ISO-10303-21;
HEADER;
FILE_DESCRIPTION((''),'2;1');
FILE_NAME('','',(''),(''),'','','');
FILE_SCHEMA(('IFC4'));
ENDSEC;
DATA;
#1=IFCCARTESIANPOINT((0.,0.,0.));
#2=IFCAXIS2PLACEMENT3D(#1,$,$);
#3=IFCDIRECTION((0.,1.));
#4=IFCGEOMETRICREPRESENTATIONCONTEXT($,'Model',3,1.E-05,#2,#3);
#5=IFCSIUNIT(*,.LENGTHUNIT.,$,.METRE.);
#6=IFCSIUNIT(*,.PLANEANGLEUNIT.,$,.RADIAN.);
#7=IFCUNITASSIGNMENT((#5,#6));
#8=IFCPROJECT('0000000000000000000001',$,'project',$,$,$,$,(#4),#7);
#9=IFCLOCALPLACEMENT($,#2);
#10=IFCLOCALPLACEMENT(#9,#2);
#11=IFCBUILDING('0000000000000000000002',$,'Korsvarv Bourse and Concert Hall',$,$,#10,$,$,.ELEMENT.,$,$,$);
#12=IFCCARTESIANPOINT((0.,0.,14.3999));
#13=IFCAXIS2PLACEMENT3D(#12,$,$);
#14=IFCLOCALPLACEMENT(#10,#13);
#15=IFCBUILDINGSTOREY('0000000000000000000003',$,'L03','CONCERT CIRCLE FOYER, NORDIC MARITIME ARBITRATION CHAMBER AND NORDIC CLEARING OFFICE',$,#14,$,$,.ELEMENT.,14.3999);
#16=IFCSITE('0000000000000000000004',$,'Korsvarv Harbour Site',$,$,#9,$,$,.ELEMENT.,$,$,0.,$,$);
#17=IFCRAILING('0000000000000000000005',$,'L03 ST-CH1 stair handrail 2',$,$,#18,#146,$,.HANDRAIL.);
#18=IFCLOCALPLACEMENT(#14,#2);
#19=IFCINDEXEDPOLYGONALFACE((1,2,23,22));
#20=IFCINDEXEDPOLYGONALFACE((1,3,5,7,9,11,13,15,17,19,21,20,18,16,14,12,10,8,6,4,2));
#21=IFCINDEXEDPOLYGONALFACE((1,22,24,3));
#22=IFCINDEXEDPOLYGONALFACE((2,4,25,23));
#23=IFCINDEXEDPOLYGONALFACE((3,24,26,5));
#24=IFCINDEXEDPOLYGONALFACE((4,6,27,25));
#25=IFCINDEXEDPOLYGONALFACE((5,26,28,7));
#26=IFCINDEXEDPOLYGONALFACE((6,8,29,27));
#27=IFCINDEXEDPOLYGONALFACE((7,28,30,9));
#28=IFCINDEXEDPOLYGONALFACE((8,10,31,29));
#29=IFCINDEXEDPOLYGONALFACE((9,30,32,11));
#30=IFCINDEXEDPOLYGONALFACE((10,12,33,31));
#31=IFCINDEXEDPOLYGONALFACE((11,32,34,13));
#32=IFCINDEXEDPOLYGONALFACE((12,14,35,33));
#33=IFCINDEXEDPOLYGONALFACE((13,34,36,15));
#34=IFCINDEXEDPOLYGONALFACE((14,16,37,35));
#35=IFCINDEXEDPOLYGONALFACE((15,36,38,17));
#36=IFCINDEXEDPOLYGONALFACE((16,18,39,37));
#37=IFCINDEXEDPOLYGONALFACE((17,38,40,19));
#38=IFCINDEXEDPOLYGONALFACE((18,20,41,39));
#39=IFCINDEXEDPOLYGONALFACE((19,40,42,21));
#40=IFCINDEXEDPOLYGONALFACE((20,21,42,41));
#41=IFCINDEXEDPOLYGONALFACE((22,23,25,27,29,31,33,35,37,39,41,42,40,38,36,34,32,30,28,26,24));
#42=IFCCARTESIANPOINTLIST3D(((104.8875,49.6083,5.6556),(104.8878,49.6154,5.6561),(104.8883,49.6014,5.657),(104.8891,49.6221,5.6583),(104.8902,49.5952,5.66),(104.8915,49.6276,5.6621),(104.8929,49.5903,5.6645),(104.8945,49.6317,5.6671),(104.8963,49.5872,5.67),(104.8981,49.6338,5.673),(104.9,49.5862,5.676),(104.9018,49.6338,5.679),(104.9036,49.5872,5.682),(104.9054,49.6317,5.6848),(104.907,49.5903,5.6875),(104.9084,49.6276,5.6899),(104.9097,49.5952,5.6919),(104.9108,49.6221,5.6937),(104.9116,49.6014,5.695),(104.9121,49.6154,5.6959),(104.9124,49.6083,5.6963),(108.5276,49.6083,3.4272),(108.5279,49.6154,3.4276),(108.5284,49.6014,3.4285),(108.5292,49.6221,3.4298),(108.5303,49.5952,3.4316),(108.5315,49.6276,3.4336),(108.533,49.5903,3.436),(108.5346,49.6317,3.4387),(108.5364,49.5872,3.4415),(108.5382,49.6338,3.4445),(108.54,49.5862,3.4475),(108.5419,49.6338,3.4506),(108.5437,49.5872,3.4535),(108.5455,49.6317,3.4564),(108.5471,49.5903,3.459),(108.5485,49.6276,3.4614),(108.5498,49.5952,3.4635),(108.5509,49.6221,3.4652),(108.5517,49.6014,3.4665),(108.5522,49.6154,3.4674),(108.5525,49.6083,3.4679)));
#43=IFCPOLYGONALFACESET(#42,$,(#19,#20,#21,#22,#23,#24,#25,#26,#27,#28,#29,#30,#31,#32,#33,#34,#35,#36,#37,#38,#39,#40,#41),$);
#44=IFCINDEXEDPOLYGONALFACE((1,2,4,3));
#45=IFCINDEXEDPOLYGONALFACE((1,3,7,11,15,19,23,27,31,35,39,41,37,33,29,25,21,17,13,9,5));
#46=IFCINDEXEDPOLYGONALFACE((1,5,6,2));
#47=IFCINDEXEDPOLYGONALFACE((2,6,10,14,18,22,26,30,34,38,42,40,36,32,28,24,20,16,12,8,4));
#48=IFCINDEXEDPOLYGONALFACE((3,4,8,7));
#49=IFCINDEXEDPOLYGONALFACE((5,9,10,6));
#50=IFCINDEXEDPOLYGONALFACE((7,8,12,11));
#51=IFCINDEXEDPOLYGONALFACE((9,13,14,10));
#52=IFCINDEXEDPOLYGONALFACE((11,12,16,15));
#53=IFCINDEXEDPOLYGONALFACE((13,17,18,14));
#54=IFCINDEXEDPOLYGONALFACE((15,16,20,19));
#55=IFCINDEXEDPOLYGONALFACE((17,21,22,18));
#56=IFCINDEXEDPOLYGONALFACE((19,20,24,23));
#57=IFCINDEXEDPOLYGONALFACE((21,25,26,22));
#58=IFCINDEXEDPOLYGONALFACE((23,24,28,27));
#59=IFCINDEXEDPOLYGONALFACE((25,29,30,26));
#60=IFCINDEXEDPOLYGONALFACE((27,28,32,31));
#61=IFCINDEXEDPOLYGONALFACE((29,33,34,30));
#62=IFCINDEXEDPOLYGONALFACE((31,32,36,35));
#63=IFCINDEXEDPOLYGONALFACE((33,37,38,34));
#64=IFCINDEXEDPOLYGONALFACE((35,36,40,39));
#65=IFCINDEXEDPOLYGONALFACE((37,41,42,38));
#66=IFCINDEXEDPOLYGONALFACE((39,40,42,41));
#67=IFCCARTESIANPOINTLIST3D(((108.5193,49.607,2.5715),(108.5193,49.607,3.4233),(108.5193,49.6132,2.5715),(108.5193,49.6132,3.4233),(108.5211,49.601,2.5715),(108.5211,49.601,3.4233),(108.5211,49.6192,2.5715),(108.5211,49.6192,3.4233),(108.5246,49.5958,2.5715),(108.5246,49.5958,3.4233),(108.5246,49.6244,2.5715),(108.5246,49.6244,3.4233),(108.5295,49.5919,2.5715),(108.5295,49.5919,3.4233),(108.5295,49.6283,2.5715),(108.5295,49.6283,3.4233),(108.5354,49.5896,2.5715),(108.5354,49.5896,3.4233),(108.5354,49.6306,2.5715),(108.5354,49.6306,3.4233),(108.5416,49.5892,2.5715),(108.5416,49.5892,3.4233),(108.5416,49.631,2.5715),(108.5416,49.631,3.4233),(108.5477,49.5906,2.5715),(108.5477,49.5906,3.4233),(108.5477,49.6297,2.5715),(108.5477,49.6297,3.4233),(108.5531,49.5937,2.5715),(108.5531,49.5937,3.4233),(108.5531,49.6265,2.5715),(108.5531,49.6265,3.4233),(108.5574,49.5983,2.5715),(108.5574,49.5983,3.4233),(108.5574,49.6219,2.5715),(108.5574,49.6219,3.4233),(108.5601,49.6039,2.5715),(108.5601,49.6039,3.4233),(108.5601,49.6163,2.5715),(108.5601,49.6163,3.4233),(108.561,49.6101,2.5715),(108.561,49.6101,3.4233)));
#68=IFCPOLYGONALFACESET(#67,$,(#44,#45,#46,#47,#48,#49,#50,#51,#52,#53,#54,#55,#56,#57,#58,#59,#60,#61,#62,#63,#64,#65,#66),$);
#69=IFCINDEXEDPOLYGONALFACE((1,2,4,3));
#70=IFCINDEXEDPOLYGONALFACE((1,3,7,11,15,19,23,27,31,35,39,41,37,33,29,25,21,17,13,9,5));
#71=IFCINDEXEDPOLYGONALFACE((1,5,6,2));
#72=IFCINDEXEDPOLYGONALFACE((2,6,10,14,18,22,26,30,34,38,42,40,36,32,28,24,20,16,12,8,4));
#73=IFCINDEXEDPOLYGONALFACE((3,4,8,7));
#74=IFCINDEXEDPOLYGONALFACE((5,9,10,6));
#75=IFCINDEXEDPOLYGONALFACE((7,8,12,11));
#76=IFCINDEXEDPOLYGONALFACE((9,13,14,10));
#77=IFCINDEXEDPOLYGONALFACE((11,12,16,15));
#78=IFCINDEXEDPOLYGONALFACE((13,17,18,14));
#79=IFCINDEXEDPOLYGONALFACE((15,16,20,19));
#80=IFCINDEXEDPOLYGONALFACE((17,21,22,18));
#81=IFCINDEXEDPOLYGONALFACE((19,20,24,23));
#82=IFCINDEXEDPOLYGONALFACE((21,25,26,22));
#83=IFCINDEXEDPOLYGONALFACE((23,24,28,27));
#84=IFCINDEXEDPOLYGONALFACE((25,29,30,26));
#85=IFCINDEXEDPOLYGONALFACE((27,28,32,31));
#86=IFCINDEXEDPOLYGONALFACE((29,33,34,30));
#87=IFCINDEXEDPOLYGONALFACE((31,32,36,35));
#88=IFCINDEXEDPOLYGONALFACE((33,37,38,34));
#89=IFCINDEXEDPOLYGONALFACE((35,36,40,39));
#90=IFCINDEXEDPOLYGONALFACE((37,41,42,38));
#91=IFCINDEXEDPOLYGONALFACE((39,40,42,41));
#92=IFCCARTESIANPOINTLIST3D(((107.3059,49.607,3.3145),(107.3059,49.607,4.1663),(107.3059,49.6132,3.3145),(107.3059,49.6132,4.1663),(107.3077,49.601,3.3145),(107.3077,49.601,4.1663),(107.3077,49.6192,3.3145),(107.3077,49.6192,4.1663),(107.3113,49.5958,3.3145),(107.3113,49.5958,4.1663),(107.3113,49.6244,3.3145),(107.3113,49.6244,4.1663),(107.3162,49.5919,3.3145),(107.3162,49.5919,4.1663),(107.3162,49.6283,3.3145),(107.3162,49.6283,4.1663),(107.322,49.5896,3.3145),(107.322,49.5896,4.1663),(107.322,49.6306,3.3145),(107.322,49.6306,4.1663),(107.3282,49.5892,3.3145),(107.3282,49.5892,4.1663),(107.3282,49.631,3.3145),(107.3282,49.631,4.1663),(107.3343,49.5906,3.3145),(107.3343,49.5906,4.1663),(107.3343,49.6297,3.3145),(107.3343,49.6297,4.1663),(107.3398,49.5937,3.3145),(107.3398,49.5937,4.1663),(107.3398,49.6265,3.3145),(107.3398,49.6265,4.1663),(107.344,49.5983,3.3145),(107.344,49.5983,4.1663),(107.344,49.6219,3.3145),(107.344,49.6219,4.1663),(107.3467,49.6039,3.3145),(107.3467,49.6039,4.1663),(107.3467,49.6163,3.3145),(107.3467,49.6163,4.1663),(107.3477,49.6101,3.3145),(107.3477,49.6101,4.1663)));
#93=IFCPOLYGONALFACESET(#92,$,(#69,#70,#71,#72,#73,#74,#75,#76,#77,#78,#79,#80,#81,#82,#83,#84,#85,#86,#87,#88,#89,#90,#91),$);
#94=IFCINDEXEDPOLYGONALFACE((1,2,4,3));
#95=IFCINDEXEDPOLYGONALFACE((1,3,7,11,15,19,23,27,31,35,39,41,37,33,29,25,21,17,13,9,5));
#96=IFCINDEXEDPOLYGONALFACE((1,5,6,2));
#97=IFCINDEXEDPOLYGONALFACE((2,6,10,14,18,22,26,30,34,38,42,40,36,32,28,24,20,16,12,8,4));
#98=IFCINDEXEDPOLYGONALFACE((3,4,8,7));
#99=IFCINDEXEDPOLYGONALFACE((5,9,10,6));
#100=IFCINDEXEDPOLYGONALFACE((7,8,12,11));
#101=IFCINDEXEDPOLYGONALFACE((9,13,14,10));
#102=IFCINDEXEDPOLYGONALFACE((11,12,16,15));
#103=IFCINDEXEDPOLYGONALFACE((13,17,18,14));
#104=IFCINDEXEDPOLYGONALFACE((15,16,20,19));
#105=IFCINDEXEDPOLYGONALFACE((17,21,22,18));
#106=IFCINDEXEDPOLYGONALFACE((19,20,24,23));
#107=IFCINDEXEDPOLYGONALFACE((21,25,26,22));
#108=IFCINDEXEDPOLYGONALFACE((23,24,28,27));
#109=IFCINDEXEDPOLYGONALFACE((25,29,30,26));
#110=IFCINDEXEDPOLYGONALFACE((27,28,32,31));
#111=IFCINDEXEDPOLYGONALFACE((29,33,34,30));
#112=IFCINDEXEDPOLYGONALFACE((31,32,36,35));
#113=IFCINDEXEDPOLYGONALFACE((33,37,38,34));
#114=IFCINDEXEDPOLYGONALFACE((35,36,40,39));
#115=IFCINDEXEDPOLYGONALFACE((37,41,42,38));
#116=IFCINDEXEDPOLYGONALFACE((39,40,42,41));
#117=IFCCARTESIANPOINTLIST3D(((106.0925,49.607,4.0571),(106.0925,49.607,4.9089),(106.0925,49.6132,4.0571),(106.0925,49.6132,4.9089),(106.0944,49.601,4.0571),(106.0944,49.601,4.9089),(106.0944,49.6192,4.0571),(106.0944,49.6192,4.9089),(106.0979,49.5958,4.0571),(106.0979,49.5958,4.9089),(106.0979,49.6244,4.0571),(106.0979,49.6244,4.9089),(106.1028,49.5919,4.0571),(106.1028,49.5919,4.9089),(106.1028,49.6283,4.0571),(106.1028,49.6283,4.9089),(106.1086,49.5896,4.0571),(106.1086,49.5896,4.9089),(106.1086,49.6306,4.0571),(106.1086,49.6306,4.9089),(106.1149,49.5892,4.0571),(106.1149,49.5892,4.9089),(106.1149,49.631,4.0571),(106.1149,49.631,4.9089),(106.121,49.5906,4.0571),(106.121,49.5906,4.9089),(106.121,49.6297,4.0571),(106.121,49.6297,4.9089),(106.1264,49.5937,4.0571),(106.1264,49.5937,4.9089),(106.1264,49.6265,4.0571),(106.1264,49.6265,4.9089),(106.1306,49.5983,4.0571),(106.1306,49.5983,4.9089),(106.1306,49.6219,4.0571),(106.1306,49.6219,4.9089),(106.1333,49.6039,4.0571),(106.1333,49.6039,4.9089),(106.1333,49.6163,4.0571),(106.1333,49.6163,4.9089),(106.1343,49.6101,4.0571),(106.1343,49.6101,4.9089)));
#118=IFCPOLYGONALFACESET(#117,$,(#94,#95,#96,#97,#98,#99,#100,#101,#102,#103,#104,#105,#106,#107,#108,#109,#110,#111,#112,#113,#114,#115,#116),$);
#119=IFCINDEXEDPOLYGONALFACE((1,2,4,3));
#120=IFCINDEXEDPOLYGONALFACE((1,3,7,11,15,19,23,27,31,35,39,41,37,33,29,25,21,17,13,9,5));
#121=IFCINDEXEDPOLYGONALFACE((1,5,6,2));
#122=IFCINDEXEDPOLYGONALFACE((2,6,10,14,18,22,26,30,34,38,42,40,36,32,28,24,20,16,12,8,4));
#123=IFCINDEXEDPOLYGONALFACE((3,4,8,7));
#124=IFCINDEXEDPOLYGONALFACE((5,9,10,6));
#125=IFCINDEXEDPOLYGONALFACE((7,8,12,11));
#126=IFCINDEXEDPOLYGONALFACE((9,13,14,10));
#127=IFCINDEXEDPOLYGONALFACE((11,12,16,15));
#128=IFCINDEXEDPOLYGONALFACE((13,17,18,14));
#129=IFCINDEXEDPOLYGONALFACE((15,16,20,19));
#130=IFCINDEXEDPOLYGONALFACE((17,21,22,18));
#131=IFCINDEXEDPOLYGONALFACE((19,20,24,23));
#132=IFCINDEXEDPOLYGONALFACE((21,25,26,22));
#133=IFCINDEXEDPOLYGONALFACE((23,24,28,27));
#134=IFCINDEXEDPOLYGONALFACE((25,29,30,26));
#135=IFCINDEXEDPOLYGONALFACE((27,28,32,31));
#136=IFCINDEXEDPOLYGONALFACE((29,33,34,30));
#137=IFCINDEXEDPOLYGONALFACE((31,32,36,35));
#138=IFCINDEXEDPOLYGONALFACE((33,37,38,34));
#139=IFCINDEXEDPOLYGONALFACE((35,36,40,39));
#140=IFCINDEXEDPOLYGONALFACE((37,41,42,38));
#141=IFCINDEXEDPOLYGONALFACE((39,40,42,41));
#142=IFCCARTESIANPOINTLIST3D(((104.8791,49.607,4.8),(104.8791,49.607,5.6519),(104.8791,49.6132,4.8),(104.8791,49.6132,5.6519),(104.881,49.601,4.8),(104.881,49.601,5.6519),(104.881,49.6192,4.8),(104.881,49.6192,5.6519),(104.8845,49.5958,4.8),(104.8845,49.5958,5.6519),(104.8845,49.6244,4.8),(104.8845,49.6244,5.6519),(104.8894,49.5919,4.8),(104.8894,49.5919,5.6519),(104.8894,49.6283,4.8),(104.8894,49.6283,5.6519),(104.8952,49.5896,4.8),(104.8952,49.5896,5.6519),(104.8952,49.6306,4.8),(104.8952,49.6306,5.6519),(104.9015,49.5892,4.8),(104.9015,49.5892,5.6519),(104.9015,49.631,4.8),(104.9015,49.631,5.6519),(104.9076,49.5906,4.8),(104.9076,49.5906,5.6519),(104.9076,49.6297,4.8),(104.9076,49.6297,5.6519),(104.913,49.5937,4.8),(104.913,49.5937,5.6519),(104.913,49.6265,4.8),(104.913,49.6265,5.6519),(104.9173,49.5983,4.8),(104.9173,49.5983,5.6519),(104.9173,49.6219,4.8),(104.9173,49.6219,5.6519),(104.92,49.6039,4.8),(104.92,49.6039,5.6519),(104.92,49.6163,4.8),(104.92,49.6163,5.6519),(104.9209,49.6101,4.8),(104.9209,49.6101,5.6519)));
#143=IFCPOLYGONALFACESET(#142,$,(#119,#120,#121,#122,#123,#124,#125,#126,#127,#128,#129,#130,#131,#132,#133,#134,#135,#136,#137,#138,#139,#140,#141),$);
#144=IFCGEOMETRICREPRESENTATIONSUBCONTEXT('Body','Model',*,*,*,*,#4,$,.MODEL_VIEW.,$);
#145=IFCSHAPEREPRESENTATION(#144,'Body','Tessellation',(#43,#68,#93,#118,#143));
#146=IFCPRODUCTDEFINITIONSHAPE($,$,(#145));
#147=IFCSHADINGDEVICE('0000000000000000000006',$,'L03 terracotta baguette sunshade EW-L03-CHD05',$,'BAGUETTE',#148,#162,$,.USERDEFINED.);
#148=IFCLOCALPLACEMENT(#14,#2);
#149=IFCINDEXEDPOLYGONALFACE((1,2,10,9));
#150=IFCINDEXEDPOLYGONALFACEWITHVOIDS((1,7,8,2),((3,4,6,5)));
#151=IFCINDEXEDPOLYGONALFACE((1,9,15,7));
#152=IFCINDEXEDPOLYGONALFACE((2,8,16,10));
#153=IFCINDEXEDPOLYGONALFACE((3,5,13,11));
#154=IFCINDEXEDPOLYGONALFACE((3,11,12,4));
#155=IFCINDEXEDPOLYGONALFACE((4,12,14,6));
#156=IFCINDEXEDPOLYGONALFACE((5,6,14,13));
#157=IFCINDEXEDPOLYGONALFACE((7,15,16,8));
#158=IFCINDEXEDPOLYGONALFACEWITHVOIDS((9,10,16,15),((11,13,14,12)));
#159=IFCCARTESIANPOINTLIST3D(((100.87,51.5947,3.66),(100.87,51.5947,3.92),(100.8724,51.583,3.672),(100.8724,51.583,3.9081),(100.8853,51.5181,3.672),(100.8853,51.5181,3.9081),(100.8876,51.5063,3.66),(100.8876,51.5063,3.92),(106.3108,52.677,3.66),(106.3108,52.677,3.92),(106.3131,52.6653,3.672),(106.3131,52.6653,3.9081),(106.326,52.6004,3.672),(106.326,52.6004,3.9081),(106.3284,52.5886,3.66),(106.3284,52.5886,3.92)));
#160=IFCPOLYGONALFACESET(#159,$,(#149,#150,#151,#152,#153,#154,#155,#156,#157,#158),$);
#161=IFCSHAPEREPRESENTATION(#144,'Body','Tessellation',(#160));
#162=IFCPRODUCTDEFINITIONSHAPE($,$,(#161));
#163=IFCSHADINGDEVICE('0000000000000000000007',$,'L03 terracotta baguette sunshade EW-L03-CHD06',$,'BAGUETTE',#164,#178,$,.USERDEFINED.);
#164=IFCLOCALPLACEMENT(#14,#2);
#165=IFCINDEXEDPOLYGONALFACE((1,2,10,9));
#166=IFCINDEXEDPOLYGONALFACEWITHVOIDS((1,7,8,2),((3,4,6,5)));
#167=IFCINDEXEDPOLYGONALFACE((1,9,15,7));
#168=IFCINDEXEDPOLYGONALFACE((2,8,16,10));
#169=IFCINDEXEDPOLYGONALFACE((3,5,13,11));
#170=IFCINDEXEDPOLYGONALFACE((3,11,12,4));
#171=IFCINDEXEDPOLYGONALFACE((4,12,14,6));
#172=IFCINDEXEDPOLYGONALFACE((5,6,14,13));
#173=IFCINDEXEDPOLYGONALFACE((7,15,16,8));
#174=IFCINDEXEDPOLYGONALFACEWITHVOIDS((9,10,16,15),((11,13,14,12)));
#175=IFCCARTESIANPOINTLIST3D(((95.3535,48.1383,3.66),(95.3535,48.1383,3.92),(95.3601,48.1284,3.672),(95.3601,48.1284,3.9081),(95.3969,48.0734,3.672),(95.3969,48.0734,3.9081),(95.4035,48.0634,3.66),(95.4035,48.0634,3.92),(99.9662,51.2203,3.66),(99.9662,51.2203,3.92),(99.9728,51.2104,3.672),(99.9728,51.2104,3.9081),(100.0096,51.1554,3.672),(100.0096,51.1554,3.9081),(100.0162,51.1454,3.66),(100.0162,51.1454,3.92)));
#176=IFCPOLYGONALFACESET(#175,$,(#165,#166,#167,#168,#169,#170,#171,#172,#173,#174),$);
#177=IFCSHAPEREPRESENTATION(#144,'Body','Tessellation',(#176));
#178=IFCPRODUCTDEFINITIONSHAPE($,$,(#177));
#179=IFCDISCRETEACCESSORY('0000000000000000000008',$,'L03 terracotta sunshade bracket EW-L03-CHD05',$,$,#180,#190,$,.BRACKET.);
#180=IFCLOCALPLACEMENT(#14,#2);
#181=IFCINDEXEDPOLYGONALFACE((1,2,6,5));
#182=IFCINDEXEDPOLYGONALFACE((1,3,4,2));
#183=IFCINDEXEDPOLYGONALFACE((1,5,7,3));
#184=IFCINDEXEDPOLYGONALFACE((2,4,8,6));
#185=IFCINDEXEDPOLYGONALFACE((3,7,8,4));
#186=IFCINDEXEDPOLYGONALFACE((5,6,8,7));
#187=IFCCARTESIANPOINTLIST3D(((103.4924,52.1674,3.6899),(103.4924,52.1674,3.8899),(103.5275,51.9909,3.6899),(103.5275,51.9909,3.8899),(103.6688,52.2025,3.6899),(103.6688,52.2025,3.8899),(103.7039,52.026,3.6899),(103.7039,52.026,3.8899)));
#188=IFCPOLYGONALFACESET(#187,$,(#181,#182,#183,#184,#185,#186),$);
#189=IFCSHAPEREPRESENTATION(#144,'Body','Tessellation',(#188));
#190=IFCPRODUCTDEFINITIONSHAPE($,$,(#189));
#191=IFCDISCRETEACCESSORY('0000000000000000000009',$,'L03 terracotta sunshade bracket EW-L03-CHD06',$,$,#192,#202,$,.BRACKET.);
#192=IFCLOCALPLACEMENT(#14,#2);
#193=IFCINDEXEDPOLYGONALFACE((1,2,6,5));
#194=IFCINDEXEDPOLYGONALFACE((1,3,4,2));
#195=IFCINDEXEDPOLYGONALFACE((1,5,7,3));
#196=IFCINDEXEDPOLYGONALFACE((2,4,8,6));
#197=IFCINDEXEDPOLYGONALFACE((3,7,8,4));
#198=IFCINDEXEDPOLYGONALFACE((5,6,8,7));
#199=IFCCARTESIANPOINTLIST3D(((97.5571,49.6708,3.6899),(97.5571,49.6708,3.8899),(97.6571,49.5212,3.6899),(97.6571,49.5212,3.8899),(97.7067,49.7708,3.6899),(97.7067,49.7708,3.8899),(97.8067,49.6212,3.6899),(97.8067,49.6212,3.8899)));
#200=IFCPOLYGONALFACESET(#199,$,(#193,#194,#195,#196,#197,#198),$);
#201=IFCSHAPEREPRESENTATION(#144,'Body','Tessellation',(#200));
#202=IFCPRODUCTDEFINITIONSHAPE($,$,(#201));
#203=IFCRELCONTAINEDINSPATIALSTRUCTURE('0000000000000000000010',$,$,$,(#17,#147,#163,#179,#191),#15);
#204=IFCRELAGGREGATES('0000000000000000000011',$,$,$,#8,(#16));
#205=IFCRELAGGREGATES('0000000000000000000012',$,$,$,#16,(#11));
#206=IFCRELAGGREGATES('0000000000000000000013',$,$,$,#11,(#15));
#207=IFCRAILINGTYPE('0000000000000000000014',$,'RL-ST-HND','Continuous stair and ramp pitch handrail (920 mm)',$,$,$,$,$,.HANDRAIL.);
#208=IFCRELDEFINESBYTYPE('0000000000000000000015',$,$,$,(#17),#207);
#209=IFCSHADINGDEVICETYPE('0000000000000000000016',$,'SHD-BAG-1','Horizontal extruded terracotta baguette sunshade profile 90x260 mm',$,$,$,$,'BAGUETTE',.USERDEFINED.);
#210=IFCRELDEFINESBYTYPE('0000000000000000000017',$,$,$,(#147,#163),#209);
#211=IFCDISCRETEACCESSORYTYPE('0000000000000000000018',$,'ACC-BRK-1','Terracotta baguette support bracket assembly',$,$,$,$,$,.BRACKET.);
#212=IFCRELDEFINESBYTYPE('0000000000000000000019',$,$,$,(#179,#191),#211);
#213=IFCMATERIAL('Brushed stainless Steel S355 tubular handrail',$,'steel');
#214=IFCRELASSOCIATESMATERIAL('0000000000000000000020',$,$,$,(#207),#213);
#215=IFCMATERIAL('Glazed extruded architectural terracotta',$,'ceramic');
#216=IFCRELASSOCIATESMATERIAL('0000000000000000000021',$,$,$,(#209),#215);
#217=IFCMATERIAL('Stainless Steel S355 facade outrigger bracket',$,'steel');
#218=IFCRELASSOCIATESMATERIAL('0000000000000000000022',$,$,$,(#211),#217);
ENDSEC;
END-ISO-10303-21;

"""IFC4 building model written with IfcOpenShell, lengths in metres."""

from ifc_helpers import new_model, si_unit, direction, frame, origin, origin_2d, place, context, subcontext, project, spatial, rectangle, hollow_rectangle, circle, extrude, source, transform, mapped, material, material_profile, profile_set, type_object, element, save


model = new_model("IFC4")

# Units and contexts
model_context = context("Model", 3, precision=1e-05, world=origin(), true_north=direction((0.0, 1.0)))
body_context = subcontext(model_context, "Body", "Model", "MODEL_VIEW")
ifc_project = project(units=[si_unit("LENGTHUNIT", "METRE"), si_unit("PLANEANGLEUNIT", "RADIAN")], contexts=[model_context])

# Site, building, storey
site_placement = place(None, origin())
site = spatial("IfcSite", under=ifc_project, at=site_placement, Name="Korsvarv Harbour Site", CompositionType="ELEMENT", RefElevation=0.0)
building_placement = place(site_placement, origin())
building = spatial("IfcBuilding", under=site, at=building_placement, Name="Korsvarv Bourse and Concert Hall", CompositionType="ELEMENT")
storey_placement = place(building_placement, frame((0.0, 0.0, 14.3999)))
storey = spatial("IfcBuildingStorey", under=building, at=storey_placement, Name="L03", Description="CONCERT CIRCLE FOYER, NORDIC MARITIME ARBITRATION CHAMBER AND NORDIC CLEARING OFFICE", CompositionType="ELEMENT", Elevation=14.3999)

# Railing
ifc_material_1 = material(Name="Brushed stainless Steel S355 tubular handrail", Category="steel")
railing_type_1 = type_object("IfcRailingType", Name="RL-ST-HND", Description="Continuous stair and ramp pitch handrail (920 mm)", PredefinedType="HANDRAIL", material=ifc_material_1)
railing_1_placement = place(storey_placement, frame((108.54, 49.6101, 2.5715)))
element("IfcRailing", 1, at=railing_1_placement, inside=storey, type_object=railing_type_1, Name="L03 ST-CH1 stair handrail 2", PredefinedType="HANDRAIL", context=body_context, shape_type="SweptSolid", body=[
    extrude(circle(Radius=0.0239, at=origin_2d()), frame((0.0, 0.0, 0.876), z_axis=(-0.852866, 0.0, 0.52213), x_axis=(0.0, -1.0, 0.0)), (0.0, 0.0, 1.0), 4.2681),
    extrude(circle(Radius=0.021, at=origin_2d()), origin(), (0.0, 0.0, 1.0), 0.8518),
    extrude(circle(Radius=0.021, at=origin_2d()), frame((-1.2134, 0.0, 0.7429)), (0.0, 0.0, 1.0), 0.8518),
    extrude(circle(Radius=0.021, at=origin_2d()), frame((-2.4268, 0.0, 1.4856)), (0.0, 0.0, 1.0), 0.8518),
    extrude(circle(Radius=0.021, at=origin_2d()), frame((-3.6401, 0.0, 2.2285)), (0.0, 0.0, 1.0), 0.8518),
])

# Shading devices
ifc_material_2 = material(Name="Glazed extruded architectural terracotta", Category="ceramic")
ifc_material_profile_1 = material_profile(ifc_material_2, hollow_rectangle(XDim=0.0901, YDim=0.26, WallThickness=0.012, at=origin_2d()), Name="TC-BAG 90x260")
ifc_profile_set_1 = profile_set([ifc_material_profile_1], Name="Glazed extruded architectural terracotta")
shading_device_type = type_object("IfcShadingDeviceType", Name="SHD-BAG-1", Description="Horizontal extruded terracotta baguette sunshade profile 90x260 mm", ElementType="BAGUETTE", PredefinedType="USERDEFINED", material=ifc_profile_set_1)
shared_shape_1 = source(origin(), body_context, "Body", "SweptSolid", [
    extrude(hollow_rectangle(XDim=0.0901, YDim=0.26, WallThickness=0.012, at=origin_2d()), origin(), (0.0, 0.0, 1.0), 5.5474),
])
shading_device_1_placement = place(storey_placement, frame((106.3196, 52.6328, 3.79), z_axis=(-0.980783, -0.1951, 0.0), x_axis=(0.1951, -0.980783, 0.0)))
element("IfcShadingDevice", 2, at=shading_device_1_placement, inside=storey, type_object=shading_device_type, Name="L03 terracotta baguette sunshade EW-L03-CHD05", ObjectType="BAGUETTE", PredefinedType="USERDEFINED", context=body_context, shape_type="MappedRepresentation", body=[
    mapped(shared_shape_1, transform((0.0, 0.0, 0.0), scale=1.0)),
])
shared_shape_2 = source(origin(), body_context, "Body", "SweptSolid", [
    extrude(hollow_rectangle(XDim=0.0901, YDim=0.26, WallThickness=0.012, at=origin_2d()), origin(), (0.0, 0.0, 1.0), 5.5476),
])
shading_device_2_placement = place(storey_placement, frame((99.9912, 51.1829, 3.79), z_axis=(-0.831481, -0.555553, 0.0), x_axis=(0.555553, -0.831481, 0.0)))
element("IfcShadingDevice", 3, at=shading_device_2_placement, inside=storey, type_object=shading_device_type, Name="L03 terracotta baguette sunshade EW-L03-CHD06", ObjectType="BAGUETTE", PredefinedType="USERDEFINED", context=body_context, shape_type="MappedRepresentation", body=[
    mapped(shared_shape_2, transform((0.0, 0.0, 0.0), scale=1.0)),
])

# Discrete accessories
ifc_material_3 = material(Name="Stainless Steel S355 facade outrigger bracket", Category="steel")
discrete_accessory_type = type_object("IfcDiscreteAccessoryType", Name="ACC-BRK-1", Description="Terracotta baguette support bracket assembly", PredefinedType="BRACKET", material=ifc_material_3)
shared_shape_3 = source(origin(), body_context, "Body", "SweptSolid", [
    extrude(rectangle(XDim=0.1799, YDim=0.1799, at=origin_2d()), origin(), (0.0, 0.0, 1.0), 0.2),
])
for number, where, z_axis, x_axis, name in (
    (4, (103.5981, 52.0967, 3.6899), (0.0, 0.0, 1.0), (-0.980785, -0.19509, 0.0), "L03 terracotta sunshade bracket EW-L03-CHD05"),
    (5, (97.6819, 49.646, 3.6899), (0.0, 0.0, 1.0), (-0.83147, -0.55557, 0.0), "L03 terracotta sunshade bracket EW-L03-CHD06"),
):
    element("IfcDiscreteAccessory", number, at=place(storey_placement, frame(where, z_axis=z_axis, x_axis=x_axis)), inside=storey, type_object=discrete_accessory_type, Name=name, PredefinedType="BRACKET", context=body_context, shape_type="MappedRepresentation", body=[
        mapped(shared_shape_3, transform((0.0, 0.0, 0.0), scale=1.0)),
    ])

save(model, "model.ifc")
